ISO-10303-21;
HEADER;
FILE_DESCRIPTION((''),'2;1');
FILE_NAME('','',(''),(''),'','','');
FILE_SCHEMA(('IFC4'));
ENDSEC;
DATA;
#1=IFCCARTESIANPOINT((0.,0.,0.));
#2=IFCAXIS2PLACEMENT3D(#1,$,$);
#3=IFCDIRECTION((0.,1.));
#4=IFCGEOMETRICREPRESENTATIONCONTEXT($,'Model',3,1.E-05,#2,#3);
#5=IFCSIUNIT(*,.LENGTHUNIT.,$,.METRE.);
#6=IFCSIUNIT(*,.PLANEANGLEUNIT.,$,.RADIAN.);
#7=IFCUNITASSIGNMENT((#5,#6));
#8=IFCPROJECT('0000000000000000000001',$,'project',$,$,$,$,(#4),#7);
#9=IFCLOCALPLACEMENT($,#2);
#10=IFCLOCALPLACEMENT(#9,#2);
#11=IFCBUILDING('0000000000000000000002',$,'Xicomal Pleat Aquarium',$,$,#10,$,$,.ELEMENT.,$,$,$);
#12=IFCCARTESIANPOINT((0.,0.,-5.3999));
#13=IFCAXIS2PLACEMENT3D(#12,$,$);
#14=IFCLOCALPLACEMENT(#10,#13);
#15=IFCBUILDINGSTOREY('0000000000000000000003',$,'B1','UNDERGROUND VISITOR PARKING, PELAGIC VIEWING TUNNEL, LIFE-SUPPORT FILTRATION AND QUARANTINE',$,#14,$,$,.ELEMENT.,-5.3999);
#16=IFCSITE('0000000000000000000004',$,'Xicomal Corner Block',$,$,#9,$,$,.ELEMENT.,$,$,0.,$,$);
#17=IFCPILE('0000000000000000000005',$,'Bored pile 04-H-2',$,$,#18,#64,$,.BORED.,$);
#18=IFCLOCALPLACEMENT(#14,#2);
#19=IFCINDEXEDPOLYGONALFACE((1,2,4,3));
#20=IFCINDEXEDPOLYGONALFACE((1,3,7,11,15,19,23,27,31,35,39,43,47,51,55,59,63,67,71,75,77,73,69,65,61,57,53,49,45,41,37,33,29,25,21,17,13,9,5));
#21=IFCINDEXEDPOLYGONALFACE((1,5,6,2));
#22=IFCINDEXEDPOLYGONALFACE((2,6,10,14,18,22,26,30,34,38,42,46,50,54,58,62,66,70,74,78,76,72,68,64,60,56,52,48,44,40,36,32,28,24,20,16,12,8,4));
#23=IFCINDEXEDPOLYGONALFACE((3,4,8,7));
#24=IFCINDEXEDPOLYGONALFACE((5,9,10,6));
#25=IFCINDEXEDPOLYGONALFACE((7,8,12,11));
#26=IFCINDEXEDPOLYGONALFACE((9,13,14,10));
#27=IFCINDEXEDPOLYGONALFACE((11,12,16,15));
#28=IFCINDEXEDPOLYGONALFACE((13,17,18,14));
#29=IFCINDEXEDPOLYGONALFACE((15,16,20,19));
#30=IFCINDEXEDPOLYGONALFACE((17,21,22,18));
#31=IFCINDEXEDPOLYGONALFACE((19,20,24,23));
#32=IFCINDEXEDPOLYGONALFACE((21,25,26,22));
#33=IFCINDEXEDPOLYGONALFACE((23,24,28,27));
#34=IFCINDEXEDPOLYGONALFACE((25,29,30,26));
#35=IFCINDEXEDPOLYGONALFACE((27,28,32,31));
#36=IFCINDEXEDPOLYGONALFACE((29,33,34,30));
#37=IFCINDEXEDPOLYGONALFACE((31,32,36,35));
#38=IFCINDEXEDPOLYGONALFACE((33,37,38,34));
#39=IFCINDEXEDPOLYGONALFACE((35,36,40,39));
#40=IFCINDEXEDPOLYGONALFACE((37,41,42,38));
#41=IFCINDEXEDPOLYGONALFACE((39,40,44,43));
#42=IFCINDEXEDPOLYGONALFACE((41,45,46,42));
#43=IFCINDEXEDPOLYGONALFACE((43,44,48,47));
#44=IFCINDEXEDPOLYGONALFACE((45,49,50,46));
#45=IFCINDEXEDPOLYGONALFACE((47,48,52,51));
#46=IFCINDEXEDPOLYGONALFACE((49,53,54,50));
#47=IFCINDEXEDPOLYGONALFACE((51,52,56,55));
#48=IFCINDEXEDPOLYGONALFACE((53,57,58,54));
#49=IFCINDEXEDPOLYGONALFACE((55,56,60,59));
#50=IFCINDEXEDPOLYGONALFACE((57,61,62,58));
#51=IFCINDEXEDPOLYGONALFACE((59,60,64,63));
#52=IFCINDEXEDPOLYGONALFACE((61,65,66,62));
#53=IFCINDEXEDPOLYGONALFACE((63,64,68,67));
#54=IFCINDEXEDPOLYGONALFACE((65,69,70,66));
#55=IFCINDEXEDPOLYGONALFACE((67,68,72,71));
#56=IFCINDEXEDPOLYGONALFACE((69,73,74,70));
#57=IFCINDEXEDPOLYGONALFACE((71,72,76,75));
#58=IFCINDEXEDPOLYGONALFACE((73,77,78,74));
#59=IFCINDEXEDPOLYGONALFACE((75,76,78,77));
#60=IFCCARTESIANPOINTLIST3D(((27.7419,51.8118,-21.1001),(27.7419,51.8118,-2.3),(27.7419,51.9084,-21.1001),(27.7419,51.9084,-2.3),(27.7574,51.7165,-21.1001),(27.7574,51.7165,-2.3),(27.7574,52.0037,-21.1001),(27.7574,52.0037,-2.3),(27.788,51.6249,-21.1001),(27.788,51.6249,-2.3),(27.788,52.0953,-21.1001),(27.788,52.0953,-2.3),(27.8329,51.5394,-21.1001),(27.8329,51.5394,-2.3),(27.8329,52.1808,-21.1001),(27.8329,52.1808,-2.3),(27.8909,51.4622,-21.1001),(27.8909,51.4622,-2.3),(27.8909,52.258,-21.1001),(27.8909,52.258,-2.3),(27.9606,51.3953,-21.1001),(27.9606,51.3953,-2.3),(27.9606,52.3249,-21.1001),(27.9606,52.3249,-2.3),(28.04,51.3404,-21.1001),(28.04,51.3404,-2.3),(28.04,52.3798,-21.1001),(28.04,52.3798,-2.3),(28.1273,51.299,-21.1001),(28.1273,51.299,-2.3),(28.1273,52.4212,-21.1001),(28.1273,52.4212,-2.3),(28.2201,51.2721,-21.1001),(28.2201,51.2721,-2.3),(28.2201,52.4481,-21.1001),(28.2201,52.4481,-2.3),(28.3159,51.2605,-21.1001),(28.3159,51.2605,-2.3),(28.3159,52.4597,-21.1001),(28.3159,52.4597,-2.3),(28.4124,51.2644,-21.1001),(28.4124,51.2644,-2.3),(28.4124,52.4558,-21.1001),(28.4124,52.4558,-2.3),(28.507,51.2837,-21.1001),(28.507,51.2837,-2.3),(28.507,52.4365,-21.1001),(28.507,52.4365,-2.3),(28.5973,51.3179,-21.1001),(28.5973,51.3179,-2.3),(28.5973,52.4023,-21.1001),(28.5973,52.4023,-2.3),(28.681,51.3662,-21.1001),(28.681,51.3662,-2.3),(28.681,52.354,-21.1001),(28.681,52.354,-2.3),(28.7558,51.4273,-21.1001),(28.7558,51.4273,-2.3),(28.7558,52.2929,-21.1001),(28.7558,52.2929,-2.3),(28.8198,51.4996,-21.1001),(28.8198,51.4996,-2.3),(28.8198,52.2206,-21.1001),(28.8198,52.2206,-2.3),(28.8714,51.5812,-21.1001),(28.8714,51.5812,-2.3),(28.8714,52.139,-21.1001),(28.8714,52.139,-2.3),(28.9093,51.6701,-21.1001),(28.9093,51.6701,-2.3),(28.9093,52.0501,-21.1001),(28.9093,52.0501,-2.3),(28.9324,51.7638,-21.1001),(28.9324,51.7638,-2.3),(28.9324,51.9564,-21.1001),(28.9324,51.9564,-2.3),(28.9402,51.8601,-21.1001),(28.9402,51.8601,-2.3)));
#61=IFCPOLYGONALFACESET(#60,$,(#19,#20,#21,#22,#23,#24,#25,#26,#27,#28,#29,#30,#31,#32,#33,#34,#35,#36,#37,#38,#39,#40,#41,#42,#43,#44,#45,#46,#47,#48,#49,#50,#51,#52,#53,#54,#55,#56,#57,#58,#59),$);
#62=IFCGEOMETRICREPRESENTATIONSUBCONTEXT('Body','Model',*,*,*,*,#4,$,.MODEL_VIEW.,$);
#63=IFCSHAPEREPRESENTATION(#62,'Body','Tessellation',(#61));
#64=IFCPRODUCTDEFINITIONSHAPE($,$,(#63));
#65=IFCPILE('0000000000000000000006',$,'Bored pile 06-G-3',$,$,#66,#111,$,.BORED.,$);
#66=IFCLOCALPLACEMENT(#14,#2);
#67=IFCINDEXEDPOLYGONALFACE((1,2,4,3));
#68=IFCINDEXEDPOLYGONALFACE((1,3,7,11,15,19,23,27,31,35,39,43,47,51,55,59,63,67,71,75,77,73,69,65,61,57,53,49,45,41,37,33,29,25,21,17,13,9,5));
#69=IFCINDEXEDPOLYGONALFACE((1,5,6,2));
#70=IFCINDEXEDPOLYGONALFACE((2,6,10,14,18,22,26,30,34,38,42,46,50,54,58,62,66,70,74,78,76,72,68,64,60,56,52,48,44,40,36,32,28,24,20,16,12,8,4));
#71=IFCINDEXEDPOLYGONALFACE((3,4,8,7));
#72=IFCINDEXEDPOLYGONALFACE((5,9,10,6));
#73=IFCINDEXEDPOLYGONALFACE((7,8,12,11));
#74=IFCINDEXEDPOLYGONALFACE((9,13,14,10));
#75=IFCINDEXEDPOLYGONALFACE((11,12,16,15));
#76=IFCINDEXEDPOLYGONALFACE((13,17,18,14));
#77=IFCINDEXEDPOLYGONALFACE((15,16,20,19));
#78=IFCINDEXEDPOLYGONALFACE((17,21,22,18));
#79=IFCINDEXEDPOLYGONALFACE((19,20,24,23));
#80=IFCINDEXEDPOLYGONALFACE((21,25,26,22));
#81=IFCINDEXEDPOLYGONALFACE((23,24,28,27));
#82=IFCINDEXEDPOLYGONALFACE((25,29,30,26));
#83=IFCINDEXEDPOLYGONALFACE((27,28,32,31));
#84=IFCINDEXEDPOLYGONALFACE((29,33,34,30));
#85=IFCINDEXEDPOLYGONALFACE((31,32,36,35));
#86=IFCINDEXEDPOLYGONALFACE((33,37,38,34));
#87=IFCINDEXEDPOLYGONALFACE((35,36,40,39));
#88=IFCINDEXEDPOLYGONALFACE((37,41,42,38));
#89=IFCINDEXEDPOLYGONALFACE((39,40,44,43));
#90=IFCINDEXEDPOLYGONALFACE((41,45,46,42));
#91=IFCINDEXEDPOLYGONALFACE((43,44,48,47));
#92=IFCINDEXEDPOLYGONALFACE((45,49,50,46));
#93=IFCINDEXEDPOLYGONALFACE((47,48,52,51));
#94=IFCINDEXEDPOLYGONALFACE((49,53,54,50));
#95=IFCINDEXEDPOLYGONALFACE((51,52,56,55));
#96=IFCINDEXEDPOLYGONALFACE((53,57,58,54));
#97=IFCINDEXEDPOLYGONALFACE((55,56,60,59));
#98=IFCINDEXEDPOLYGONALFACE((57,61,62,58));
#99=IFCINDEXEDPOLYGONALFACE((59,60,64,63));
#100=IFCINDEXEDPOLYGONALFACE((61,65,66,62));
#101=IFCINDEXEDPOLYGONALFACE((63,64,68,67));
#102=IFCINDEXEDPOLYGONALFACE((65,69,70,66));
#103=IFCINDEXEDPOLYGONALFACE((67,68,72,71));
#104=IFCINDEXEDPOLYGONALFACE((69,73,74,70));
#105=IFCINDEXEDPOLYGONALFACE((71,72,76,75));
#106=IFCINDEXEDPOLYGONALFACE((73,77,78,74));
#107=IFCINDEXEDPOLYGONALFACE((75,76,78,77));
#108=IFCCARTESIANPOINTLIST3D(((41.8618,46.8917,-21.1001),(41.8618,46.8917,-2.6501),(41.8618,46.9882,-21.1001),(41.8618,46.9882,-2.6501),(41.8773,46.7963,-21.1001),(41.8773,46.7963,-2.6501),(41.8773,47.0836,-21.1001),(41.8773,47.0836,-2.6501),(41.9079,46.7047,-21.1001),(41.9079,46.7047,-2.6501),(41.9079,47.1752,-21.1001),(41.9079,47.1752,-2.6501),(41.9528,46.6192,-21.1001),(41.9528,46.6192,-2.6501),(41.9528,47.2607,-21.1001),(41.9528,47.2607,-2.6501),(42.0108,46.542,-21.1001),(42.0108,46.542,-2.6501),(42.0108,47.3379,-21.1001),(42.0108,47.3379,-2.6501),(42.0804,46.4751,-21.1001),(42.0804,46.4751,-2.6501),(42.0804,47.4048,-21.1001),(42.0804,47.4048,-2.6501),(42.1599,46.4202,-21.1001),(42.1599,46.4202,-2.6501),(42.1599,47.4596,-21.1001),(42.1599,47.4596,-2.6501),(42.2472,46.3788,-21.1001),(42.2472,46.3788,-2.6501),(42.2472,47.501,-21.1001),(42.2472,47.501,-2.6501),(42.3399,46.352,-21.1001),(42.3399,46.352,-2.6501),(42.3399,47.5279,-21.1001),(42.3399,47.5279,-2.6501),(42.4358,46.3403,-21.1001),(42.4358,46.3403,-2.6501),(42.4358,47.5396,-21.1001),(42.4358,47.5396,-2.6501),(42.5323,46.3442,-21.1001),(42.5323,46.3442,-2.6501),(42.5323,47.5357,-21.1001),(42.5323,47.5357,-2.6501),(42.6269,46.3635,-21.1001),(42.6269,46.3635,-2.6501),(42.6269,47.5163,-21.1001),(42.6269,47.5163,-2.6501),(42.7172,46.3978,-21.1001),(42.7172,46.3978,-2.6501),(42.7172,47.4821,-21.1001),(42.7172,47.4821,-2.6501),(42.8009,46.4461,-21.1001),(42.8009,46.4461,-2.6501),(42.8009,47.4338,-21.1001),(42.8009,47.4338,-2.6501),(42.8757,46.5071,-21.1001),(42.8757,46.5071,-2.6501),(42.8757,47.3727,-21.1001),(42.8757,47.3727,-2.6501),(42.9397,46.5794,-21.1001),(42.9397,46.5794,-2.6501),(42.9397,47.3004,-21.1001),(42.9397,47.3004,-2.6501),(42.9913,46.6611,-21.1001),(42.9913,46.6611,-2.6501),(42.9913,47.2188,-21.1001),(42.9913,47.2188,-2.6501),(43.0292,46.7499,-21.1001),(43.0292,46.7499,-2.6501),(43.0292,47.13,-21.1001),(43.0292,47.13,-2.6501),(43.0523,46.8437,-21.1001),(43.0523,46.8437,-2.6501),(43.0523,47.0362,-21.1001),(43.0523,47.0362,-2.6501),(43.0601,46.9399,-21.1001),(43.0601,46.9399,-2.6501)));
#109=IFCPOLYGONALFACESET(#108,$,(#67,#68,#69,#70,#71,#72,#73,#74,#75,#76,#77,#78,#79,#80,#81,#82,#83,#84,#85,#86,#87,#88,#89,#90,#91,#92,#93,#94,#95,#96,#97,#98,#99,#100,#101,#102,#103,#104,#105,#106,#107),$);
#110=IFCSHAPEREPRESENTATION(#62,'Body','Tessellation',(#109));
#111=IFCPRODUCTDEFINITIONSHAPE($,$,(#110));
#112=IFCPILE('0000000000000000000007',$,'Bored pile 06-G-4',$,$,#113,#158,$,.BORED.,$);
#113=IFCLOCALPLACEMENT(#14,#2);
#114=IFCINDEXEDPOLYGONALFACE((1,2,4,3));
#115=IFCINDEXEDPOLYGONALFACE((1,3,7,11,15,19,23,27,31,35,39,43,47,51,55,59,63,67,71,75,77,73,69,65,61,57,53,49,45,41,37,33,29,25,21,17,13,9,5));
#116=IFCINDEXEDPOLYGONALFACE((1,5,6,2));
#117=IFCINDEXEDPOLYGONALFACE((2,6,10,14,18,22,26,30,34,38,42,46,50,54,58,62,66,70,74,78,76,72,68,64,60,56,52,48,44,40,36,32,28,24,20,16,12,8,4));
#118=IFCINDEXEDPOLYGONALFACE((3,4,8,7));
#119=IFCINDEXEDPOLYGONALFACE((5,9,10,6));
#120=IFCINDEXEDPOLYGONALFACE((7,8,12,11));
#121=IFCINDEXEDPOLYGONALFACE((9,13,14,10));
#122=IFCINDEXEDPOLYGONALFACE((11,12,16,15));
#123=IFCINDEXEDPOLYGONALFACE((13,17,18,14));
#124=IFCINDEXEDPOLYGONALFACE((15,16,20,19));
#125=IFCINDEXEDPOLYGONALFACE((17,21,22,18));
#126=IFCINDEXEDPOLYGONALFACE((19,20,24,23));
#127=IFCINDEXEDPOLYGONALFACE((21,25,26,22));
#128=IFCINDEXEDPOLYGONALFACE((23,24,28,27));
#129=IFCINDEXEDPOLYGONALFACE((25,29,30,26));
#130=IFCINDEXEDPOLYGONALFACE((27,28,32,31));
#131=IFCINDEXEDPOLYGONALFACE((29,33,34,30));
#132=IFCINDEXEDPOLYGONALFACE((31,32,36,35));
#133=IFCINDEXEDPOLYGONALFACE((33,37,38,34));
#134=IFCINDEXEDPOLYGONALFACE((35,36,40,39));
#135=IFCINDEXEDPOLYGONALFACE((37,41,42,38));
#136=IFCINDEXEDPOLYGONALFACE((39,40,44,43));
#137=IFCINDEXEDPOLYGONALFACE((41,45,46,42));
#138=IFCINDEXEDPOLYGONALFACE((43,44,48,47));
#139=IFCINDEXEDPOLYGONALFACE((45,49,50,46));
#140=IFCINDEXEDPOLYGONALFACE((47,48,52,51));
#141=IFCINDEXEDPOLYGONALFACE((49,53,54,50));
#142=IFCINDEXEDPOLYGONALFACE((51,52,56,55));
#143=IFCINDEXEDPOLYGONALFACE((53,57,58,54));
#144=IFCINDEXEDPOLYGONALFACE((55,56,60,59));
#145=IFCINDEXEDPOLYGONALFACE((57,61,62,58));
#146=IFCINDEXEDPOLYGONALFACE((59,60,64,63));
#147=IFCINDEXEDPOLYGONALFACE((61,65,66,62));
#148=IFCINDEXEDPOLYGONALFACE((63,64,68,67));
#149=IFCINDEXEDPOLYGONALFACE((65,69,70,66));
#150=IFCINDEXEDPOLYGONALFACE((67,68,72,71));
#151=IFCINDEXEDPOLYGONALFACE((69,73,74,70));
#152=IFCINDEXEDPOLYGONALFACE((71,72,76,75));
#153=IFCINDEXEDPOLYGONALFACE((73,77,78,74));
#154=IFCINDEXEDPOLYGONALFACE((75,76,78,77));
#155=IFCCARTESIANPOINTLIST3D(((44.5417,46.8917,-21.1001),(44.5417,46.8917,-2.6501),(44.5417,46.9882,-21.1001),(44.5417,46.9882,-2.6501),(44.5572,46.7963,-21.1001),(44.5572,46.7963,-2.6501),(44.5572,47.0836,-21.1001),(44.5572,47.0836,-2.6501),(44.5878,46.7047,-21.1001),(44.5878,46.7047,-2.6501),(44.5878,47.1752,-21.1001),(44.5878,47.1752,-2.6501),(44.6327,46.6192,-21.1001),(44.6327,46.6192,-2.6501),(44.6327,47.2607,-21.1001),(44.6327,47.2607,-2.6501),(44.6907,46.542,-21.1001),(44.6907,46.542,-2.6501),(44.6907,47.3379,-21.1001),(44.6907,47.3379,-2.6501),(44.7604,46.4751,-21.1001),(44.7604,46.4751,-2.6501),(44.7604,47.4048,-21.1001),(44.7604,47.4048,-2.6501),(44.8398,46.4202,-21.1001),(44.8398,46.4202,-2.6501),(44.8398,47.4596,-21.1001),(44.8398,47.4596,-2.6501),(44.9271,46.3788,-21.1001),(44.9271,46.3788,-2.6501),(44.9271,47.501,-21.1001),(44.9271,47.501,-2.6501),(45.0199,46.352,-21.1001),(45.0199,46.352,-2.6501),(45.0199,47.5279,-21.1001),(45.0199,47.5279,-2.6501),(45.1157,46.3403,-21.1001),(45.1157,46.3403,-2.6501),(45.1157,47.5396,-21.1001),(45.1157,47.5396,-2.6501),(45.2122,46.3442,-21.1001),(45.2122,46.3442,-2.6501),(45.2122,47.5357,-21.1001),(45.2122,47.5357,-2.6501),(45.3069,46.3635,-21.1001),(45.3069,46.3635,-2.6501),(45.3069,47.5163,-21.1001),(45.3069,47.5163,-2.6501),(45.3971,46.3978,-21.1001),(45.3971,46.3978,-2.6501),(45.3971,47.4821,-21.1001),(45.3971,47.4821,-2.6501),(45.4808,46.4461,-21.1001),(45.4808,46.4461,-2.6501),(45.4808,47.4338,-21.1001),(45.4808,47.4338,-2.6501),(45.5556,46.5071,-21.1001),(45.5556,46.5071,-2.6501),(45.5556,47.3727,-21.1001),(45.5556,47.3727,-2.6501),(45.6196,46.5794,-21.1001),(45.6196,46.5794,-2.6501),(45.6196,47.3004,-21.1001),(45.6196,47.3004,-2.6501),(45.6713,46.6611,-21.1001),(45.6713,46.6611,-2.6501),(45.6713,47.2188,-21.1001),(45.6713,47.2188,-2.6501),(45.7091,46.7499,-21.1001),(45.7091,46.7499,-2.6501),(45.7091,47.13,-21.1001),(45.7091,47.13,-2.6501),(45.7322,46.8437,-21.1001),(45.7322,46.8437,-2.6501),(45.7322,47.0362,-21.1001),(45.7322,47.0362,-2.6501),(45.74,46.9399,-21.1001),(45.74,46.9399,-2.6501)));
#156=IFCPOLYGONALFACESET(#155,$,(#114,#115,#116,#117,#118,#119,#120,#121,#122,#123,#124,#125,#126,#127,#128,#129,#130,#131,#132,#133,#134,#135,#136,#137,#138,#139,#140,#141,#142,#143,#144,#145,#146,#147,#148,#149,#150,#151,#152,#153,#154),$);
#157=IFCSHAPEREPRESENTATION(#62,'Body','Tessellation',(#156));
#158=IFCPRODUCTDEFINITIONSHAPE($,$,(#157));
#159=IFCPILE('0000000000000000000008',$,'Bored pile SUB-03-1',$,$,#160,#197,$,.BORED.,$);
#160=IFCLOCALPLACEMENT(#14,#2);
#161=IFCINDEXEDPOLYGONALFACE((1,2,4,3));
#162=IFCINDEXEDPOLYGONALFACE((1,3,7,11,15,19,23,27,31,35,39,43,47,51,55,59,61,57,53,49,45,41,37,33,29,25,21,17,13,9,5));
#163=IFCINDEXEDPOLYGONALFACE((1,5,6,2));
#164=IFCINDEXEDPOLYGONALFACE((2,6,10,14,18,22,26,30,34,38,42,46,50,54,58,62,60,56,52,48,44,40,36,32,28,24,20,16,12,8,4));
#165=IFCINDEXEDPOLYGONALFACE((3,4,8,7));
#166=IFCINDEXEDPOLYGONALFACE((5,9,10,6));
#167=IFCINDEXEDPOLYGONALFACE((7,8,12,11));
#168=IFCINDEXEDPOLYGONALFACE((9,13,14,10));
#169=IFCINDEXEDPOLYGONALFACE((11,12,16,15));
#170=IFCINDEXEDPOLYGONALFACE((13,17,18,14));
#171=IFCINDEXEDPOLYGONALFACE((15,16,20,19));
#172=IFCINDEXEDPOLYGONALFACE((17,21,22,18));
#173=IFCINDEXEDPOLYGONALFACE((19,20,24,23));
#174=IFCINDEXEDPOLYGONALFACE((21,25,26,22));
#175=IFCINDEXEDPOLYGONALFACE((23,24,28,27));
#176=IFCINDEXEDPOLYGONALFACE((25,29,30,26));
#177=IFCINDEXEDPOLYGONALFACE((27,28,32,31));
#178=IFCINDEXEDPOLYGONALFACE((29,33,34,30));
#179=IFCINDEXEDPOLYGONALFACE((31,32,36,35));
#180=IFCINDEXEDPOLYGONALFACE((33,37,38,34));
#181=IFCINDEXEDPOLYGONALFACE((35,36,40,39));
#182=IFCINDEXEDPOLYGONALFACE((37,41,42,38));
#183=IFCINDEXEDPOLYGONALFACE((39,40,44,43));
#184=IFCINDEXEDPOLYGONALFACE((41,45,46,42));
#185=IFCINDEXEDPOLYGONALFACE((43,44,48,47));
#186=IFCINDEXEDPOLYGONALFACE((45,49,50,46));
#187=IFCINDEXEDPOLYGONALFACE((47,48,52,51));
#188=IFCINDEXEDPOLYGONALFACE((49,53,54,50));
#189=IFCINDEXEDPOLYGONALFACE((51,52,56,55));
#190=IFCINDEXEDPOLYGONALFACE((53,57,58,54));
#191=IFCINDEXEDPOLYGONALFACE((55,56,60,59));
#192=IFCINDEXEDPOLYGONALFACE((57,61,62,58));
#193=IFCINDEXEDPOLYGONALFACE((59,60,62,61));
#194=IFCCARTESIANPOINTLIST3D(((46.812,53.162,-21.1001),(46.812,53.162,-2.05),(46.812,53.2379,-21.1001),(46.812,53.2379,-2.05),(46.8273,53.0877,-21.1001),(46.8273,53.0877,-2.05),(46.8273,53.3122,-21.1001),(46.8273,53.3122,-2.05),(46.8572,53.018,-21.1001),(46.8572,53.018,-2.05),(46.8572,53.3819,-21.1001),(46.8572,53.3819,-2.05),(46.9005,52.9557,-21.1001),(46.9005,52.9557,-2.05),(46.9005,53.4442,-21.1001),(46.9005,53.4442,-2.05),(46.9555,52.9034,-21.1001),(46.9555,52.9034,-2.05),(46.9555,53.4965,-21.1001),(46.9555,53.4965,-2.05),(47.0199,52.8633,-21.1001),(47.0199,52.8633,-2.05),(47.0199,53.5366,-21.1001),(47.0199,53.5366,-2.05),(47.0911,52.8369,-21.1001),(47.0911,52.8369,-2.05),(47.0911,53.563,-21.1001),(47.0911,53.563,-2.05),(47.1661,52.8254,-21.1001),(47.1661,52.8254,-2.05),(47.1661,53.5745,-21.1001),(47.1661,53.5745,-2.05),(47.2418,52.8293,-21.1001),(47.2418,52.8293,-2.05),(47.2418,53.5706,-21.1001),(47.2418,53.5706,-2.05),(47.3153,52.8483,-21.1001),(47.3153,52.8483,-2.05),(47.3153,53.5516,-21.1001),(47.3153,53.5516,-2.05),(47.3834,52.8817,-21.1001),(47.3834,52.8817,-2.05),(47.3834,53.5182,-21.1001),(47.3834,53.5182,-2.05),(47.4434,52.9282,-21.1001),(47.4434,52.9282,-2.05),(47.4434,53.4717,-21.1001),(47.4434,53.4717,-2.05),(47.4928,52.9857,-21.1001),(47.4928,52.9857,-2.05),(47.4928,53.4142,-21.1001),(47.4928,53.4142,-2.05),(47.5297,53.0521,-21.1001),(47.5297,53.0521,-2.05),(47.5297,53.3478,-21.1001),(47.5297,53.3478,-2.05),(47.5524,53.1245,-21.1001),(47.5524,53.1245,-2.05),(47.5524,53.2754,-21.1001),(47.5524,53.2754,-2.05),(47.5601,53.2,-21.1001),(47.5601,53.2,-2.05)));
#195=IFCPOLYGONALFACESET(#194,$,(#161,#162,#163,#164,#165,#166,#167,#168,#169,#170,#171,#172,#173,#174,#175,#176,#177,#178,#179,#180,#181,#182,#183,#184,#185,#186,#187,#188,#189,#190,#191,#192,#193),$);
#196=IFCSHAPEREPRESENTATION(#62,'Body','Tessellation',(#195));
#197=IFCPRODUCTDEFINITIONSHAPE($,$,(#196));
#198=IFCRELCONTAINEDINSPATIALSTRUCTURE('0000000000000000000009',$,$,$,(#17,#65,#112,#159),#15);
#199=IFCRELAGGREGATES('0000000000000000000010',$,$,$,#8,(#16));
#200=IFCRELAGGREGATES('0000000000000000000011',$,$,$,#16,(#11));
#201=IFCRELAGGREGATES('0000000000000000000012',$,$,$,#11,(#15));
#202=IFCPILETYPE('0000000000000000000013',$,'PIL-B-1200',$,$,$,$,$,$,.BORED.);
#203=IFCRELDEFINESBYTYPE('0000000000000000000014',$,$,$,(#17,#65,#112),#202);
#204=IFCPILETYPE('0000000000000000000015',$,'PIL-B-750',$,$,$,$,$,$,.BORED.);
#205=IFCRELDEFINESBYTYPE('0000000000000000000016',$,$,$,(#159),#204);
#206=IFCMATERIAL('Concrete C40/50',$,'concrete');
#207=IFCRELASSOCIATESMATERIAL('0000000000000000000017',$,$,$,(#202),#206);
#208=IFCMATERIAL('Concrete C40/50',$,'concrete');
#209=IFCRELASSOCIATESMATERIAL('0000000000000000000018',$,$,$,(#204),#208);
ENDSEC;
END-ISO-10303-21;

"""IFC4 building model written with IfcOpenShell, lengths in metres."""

from ifc_helpers import new_model, si_unit, direction, frame, origin, origin_2d, place, context, subcontext, project, spatial, circle, extrude, material, material_profile, profile_set, type_object, element, save


model = new_model("IFC4")

# Units and contexts
model_context = context("Model", 3, precision=1e-05, world=origin(), true_north=direction((0.0, 1.0)))
body_context = subcontext(model_context, "Body", "Model", "MODEL_VIEW")
ifc_project = project(units=[si_unit("LENGTHUNIT", "METRE"), si_unit("PLANEANGLEUNIT", "RADIAN")], contexts=[model_context])

# Site, building, storey
site_placement = place(None, origin())
site = spatial("IfcSite", under=ifc_project, at=site_placement, Name="Xicomal Corner Block", CompositionType="ELEMENT", RefElevation=0.0)
building_placement = place(site_placement, origin())
building = spatial("IfcBuilding", under=site, at=building_placement, Name="Xicomal Pleat Aquarium", CompositionType="ELEMENT")
storey_placement = place(building_placement, frame((0.0, 0.0, -5.3999)))
storey = spatial("IfcBuildingStorey", under=building, at=storey_placement, Name="B1", Description="UNDERGROUND VISITOR PARKING, PELAGIC VIEWING TUNNEL, LIFE-SUPPORT FILTRATION AND QUARANTINE", CompositionType="ELEMENT", Elevation=-5.3999)

# Piles
ifc_material_1 = material(Name="Concrete C40/50", Category="concrete")
ifc_material_profile_1 = material_profile(ifc_material_1, circle(Radius=0.6001, at=origin_2d()), Name="BORED PILE D1200")
ifc_profile_set_1 = profile_set([ifc_material_profile_1], Name="Concrete C40/50")
pile_type_1 = type_object("IfcPileType", Name="PIL-B-1200", PredefinedType="BORED", material=ifc_profile_set_1)
pile_1_placement = place(storey_placement, frame((28.3401, 51.8601, -2.3), z_axis=(0.0, 0.0, -1.0), x_axis=(1.0, 0.0, 0.0)))
element("IfcPile", 1, at=pile_1_placement, inside=storey, type_object=pile_type_1, Name="Bored pile 04-H-2", PredefinedType="BORED", context=body_context, shape_type="SweptSolid", body=[
    extrude(circle(Radius=0.6001, at=origin_2d()), origin(), (0.0, 0.0, 1.0), 18.8),
])
for number, where, z_axis, x_axis, name in (
    (2, (42.46, 46.9399, -2.6501), (0.0, 0.0, -1.0), (1.0, 0.0, 0.0), "Bored pile 06-G-3"),
    (3, (45.1399, 46.9399, -2.6501), (0.0, 0.0, -1.0), (1.0, 0.0, 0.0), "Bored pile 06-G-4"),
):
    element("IfcPile", number, at=place(storey_placement, frame(where, z_axis=z_axis, x_axis=x_axis)), inside=storey, type_object=pile_type_1, Name=name, PredefinedType="BORED", context=body_context, shape_type="SweptSolid", body=[
        extrude(circle(Radius=0.6001, at=origin_2d()), origin(), (0.0, 0.0, 1.0), 18.45),
    ])
ifc_material_2 = material(Name="Concrete C40/50", Category="concrete")
ifc_material_profile_2 = material_profile(ifc_material_2, circle(Radius=0.375, at=origin_2d()), Name="BORED PILE D750")
ifc_profile_set_2 = profile_set([ifc_material_profile_2], Name="Concrete C40/50")
pile_type_2 = type_object("IfcPileType", Name="PIL-B-750", PredefinedType="BORED", material=ifc_profile_set_2)
pile_2_placement = place(storey_placement, frame((47.1851, 53.2, -2.05), z_axis=(0.0, 0.0, -1.0), x_axis=(1.0, 0.0, 0.0)))
element("IfcPile", 4, at=pile_2_placement, inside=storey, type_object=pile_type_2, Name="Bored pile SUB-03-1", PredefinedType="BORED", context=body_context, shape_type="SweptSolid", body=[
    extrude(circle(Radius=0.375, at=origin_2d()), origin(), (0.0, 0.0, 1.0), 19.05),
])

save(model, "model.ifc")
